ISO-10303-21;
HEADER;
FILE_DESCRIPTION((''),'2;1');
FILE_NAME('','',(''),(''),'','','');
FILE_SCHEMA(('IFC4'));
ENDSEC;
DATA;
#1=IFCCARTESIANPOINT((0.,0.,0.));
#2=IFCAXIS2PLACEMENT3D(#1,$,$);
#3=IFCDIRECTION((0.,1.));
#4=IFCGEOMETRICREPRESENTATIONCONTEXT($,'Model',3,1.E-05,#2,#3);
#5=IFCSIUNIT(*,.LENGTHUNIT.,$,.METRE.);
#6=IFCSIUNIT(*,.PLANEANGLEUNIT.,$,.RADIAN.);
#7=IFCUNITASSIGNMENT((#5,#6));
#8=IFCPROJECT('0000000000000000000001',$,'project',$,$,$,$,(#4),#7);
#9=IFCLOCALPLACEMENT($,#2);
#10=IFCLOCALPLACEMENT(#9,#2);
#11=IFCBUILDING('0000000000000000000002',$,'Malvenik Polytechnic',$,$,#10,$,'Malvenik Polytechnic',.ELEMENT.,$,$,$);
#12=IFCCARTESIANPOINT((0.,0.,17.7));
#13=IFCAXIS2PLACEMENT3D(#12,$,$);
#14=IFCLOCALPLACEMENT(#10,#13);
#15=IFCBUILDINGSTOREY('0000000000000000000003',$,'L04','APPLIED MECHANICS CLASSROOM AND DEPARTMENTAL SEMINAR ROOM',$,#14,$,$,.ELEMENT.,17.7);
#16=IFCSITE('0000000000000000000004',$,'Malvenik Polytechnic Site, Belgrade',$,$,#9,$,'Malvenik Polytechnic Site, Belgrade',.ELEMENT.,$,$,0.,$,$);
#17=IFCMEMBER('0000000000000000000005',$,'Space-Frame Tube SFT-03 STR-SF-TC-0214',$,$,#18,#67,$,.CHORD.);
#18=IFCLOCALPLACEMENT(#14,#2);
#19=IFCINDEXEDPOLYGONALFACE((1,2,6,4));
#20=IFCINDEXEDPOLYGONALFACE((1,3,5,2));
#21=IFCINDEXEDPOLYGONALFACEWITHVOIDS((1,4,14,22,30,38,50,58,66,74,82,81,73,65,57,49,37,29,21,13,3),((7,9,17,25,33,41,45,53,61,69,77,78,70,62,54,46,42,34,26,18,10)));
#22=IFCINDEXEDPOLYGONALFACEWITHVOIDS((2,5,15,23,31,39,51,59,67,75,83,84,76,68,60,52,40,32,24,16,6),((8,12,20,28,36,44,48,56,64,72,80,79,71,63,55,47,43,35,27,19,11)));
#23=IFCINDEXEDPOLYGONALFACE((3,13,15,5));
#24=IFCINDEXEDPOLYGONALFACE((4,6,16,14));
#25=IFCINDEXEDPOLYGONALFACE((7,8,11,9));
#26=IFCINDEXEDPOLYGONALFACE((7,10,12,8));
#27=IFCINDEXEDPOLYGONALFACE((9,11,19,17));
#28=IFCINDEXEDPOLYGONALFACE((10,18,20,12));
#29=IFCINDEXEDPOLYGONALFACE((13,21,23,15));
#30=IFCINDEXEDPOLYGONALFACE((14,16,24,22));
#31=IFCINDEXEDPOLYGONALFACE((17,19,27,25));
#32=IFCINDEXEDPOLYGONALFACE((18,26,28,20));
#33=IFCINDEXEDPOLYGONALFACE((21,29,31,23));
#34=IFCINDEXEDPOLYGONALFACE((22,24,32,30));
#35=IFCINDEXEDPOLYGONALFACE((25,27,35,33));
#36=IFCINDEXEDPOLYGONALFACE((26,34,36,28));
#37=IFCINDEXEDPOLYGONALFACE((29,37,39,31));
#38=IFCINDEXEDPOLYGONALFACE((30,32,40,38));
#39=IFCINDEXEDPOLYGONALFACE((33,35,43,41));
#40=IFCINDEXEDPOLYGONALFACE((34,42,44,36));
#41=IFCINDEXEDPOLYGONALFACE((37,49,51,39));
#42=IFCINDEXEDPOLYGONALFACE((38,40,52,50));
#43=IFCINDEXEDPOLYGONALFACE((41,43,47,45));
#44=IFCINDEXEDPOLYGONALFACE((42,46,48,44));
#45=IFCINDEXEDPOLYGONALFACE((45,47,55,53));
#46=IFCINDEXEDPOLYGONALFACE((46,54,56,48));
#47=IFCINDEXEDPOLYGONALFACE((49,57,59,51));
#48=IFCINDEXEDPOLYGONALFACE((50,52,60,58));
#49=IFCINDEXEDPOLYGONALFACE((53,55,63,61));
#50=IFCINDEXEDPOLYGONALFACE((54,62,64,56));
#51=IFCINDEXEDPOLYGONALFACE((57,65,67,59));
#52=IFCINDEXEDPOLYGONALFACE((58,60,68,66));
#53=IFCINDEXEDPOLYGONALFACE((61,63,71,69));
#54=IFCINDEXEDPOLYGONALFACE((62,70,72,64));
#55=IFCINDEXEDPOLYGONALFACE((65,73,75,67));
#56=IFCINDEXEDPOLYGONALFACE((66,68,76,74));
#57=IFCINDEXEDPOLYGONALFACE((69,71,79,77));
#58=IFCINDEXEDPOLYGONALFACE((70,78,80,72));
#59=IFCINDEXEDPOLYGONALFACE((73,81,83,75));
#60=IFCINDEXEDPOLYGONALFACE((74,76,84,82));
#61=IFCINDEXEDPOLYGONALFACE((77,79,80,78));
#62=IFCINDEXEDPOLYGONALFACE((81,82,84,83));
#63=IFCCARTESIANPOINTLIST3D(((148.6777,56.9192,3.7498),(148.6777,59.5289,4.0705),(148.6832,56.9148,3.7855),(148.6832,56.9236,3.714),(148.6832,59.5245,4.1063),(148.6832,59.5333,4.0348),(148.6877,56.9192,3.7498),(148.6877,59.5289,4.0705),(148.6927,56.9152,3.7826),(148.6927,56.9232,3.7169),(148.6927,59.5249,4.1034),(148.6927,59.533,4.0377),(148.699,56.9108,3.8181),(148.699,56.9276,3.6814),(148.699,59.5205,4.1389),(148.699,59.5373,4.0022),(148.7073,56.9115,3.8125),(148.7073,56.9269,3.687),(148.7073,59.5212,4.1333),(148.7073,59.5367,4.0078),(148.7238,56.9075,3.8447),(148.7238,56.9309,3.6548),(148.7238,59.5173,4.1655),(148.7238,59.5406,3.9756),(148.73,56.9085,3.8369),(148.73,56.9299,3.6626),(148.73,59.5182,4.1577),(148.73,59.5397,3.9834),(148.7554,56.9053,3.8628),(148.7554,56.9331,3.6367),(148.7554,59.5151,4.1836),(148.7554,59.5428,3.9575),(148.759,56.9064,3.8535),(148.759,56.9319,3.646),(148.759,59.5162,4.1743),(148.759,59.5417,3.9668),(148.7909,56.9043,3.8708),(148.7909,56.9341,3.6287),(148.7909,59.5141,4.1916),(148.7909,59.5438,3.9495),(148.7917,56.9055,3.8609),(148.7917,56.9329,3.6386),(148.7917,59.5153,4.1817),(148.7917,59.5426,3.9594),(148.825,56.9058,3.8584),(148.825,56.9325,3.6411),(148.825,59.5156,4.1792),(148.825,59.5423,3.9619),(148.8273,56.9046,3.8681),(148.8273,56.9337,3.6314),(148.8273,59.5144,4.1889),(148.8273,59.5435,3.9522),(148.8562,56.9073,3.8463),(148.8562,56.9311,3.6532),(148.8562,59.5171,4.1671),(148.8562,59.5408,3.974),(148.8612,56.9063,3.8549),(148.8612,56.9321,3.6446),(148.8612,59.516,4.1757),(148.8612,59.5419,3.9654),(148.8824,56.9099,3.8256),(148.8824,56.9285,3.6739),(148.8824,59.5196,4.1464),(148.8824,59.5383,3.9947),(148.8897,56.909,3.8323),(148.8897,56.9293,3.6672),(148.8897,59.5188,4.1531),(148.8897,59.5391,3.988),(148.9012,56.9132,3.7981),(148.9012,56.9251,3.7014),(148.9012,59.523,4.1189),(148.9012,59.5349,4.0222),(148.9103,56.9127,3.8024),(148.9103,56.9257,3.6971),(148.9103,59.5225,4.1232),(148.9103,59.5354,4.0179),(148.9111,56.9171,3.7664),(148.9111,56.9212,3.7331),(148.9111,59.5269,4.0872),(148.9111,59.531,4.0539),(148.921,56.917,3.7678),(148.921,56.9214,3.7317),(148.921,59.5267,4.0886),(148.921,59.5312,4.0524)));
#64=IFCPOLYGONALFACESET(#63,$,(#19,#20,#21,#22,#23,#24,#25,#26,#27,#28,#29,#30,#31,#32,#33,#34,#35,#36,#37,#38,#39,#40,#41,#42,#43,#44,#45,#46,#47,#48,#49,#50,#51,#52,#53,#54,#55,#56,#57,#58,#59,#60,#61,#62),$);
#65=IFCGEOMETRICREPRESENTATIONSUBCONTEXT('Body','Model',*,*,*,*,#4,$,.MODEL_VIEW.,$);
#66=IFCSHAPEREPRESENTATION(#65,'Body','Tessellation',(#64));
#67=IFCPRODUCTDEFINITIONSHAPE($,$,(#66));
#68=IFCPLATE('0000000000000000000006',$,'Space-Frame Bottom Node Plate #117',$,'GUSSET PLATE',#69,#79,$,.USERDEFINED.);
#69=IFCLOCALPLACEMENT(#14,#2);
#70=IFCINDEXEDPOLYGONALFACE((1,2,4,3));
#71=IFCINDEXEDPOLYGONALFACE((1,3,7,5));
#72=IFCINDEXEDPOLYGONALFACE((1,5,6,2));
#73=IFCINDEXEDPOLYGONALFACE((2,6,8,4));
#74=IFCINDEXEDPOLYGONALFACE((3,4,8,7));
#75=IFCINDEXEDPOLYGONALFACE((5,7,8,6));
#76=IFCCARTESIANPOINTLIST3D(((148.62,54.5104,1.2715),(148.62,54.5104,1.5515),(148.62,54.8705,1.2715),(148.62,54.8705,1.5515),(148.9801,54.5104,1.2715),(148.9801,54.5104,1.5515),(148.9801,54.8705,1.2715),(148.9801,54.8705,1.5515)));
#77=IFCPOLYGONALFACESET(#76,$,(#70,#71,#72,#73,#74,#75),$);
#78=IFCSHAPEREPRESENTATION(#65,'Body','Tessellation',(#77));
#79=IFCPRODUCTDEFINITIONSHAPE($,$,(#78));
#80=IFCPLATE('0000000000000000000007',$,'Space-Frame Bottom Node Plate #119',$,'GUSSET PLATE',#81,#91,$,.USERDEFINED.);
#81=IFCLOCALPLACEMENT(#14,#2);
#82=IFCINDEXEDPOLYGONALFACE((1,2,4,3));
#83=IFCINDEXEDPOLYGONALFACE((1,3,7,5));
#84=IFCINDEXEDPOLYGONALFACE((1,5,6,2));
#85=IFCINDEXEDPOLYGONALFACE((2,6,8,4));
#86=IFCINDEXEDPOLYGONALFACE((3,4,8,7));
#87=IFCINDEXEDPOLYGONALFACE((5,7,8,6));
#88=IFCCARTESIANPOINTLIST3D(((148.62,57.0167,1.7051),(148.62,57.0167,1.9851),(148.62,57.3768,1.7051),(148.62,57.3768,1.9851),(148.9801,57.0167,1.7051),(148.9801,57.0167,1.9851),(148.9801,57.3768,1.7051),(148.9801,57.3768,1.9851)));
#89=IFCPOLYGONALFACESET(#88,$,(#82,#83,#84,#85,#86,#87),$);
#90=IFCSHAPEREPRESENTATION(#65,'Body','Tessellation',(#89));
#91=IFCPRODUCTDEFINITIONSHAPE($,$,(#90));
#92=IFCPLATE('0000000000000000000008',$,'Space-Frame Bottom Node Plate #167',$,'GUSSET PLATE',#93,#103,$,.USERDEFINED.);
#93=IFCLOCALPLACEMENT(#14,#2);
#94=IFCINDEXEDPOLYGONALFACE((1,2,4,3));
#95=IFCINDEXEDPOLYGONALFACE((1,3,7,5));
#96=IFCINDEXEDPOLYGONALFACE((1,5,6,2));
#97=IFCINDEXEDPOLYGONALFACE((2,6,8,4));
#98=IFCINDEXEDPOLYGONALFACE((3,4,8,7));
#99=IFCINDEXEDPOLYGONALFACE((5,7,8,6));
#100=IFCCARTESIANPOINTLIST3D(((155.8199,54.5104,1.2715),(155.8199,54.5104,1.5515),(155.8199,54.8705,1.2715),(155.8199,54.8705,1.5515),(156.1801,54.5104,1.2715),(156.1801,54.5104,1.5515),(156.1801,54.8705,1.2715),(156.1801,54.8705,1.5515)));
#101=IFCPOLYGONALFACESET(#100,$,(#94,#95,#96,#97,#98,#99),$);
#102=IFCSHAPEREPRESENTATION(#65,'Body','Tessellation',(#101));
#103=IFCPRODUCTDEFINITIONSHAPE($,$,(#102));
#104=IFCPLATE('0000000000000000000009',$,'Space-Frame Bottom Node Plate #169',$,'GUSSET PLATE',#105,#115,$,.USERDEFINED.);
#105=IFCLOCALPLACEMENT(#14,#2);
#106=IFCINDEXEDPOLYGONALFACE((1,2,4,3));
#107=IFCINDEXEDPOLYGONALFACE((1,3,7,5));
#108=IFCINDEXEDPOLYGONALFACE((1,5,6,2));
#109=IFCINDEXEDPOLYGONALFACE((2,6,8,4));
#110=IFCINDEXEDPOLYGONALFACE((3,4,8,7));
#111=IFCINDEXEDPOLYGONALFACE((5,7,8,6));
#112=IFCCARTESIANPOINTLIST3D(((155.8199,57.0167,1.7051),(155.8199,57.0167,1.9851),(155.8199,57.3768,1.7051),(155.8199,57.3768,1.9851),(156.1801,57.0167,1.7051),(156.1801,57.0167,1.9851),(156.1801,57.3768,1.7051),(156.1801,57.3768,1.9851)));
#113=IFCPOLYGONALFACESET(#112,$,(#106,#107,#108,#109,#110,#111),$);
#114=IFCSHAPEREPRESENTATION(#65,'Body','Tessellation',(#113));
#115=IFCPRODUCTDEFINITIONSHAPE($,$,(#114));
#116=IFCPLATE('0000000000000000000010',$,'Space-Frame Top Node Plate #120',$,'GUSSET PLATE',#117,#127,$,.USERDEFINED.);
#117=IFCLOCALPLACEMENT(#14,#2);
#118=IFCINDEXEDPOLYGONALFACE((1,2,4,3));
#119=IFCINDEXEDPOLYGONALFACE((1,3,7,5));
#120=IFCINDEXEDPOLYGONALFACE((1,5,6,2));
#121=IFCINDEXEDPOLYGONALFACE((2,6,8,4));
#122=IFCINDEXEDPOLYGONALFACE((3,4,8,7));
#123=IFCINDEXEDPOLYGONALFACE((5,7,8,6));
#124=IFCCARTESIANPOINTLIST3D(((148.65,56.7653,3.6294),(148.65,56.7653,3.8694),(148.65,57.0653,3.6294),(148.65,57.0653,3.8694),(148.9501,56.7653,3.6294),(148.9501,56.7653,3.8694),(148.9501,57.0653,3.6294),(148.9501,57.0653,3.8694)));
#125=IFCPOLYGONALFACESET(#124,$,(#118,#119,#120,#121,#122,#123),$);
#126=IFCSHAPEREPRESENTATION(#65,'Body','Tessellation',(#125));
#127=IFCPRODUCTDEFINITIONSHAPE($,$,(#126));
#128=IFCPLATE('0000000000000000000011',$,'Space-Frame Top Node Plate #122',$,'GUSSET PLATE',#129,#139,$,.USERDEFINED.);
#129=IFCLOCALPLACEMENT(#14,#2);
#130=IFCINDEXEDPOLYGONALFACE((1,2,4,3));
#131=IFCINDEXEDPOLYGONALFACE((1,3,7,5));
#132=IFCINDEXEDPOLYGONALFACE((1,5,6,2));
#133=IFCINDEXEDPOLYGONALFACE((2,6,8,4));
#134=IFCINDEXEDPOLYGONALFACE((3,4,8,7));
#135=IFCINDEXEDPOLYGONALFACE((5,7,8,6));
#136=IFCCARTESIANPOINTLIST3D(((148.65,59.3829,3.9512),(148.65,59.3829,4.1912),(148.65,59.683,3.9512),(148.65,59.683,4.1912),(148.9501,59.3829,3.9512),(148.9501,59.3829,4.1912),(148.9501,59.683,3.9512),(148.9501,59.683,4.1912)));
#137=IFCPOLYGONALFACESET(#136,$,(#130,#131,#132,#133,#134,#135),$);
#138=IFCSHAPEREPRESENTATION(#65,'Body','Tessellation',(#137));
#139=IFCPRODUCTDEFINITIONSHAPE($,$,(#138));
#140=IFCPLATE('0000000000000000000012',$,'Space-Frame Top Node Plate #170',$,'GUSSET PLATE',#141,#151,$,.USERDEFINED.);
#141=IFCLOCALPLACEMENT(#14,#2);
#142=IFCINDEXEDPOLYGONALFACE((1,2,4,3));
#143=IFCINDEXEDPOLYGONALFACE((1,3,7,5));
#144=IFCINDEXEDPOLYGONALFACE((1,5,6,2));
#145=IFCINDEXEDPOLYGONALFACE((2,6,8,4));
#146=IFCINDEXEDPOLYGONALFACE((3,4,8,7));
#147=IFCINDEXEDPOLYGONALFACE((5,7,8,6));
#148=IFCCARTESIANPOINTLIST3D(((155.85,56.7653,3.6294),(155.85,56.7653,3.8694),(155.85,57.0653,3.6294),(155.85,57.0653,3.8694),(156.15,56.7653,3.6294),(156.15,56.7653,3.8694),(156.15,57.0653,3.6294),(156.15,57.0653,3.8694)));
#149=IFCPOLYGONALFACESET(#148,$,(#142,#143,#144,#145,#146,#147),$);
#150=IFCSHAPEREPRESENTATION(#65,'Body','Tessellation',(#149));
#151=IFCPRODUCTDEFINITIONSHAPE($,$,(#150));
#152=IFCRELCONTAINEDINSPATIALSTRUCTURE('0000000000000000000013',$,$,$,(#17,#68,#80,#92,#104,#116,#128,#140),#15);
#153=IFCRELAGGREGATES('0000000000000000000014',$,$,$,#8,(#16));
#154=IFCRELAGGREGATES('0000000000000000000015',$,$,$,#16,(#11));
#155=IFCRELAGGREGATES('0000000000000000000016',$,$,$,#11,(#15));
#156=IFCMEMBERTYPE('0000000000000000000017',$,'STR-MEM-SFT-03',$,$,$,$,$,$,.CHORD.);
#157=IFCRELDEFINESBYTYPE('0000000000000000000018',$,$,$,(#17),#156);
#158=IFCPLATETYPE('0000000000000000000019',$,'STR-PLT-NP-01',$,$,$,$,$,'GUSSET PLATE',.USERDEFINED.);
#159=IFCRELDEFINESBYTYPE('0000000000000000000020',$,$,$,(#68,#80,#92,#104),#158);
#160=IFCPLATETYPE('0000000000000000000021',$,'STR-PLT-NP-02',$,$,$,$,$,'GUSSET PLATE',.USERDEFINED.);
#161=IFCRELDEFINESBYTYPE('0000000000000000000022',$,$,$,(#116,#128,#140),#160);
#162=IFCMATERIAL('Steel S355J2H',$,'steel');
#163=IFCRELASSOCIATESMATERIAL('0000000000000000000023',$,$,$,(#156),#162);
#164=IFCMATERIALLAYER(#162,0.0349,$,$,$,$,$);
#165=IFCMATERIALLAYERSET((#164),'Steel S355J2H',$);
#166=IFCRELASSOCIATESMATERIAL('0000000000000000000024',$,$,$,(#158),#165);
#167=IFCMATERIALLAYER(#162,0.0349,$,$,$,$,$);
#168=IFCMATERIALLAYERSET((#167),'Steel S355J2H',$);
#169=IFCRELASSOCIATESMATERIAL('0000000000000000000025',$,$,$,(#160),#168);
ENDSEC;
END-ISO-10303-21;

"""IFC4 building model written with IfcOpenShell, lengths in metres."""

from ifc_helpers import new_model, si_unit, direction, frame, origin, origin_2d, place, context, subcontext, project, spatial, rectangle, hollow_circle, extrude, material, layer, layer_set, material_profile, profile_set, type_object, element, save


model = new_model("IFC4")

# Units and contexts
model_context = context("Model", 3, precision=1e-05, world=origin(), true_north=direction((0.0, 1.0)))
body_context = subcontext(model_context, "Body", "Model", "MODEL_VIEW")
ifc_project = project(units=[si_unit("LENGTHUNIT", "METRE"), si_unit("PLANEANGLEUNIT", "RADIAN")], contexts=[model_context])

# Site, building, storey
site_placement = place(None, origin())
site = spatial("IfcSite", under=ifc_project, at=site_placement, Name="Malvenik Polytechnic Site, Belgrade", LongName="Malvenik Polytechnic Site, Belgrade", CompositionType="ELEMENT", RefElevation=0.0)
building_placement = place(site_placement, origin())
building = spatial("IfcBuilding", under=site, at=building_placement, Name="Malvenik Polytechnic", LongName="Malvenik Polytechnic", CompositionType="ELEMENT")
storey_placement = place(building_placement, frame((0.0, 0.0, 17.7)))
storey = spatial("IfcBuildingStorey", under=building, at=storey_placement, Name="L04", Description="APPLIED MECHANICS CLASSROOM AND DEPARTMENTAL SEMINAR ROOM", CompositionType="ELEMENT", Elevation=17.7)

# Member
ifc_material_1 = material(Name="Steel S355J2H", Category="steel")
ifc_material_profile_1 = material_profile(ifc_material_1, hollow_circle(Radius=0.1223, WallThickness=0.01, at=origin_2d()), Name="CHS 244.5x10.0")
ifc_profile_set_1 = profile_set([ifc_material_profile_1], Name="Steel S355J2H")
member_type_1 = type_object("IfcMemberType", Name="STR-MEM-SFT-03", PredefinedType="CHORD", material=ifc_profile_set_1)
member_1_placement = place(storey_placement, frame((148.8, 56.9192, 3.7498), z_axis=(0.0, 0.99253, 0.122), x_axis=(-1.0, 0.0, 0.0)))
element("IfcMember", 1, at=member_1_placement, inside=storey, type_object=member_type_1, Name="Space-Frame Tube SFT-03 STR-SF-TC-0214", PredefinedType="CHORD", context=body_context, shape_type="SweptSolid", body=[
    extrude(hollow_circle(Radius=0.1223, WallThickness=0.01, at=origin_2d()), origin(), (0.0, 0.0, 1.0), 2.6294),
])

# Plates
ifc_layer_1 = layer(ifc_material_1, 0.0349)
ifc_layer_set_1 = layer_set([ifc_layer_1], Name="Steel S355J2H")
plate_type_1 = type_object("IfcPlateType", Name="STR-PLT-NP-01", ElementType="GUSSET PLATE", PredefinedType="USERDEFINED", material=ifc_layer_set_1)
for number, where, z_axis, x_axis, name in (
    (2, (148.8, 54.6904, 1.2715), (0.0, 0.0, 1.0), (1.0, 0.0, 0.0), "Space-Frame Bottom Node Plate #117"),
    (3, (148.8, 57.1968, 1.7051), (0.0, 0.0, 1.0), (1.0, 0.0, 0.0), "Space-Frame Bottom Node Plate #119"),
    (4, (156.0, 54.6904, 1.2715), (0.0, 0.0, 1.0), (1.0, 0.0, 0.0), "Space-Frame Bottom Node Plate #167"),
    (5, (156.0, 57.1968, 1.7051), (0.0, 0.0, 1.0), (1.0, 0.0, 0.0), "Space-Frame Bottom Node Plate #169"),
):
    element("IfcPlate", number, at=place(storey_placement, frame(where, z_axis=z_axis, x_axis=x_axis)), inside=storey, type_object=plate_type_1, Name=name, ObjectType="GUSSET PLATE", PredefinedType="USERDEFINED", context=body_context, shape_type="SweptSolid", body=[
        extrude(rectangle(XDim=0.3601, YDim=0.3601, at=origin_2d()), origin(), (0.0, 0.0, 1.0), 0.28),
    ])
ifc_layer_2 = layer(ifc_material_1, 0.0349)
ifc_layer_set_2 = layer_set([ifc_layer_2], Name="Steel S355J2H")
plate_type_2 = type_object("IfcPlateType", Name="STR-PLT-NP-02", ElementType="GUSSET PLATE", PredefinedType="USERDEFINED", material=ifc_layer_set_2)
for number, where, z_axis, x_axis, name in (
    (6, (148.8, 56.9153, 3.6294), (0.0, 0.0, 1.0), (1.0, 0.0, 0.0), "Space-Frame Top Node Plate #120"),
    (7, (148.8, 59.533, 3.9512), (0.0, 0.0, 1.0), (1.0, 0.0, 0.0), "Space-Frame Top Node Plate #122"),
    (8, (156.0, 56.9153, 3.6294), (0.0, 0.0, 1.0), (1.0, 0.0, 0.0), "Space-Frame Top Node Plate #170"),
):
    element("IfcPlate", number, at=place(storey_placement, frame(where, z_axis=z_axis, x_axis=x_axis)), inside=storey, type_object=plate_type_2, Name=name, ObjectType="GUSSET PLATE", PredefinedType="USERDEFINED", context=body_context, shape_type="SweptSolid", body=[
        extrude(rectangle(XDim=0.3, YDim=0.3, at=origin_2d()), origin(), (0.0, 0.0, 1.0), 0.24),
    ])

save(model, "model.ifc")
